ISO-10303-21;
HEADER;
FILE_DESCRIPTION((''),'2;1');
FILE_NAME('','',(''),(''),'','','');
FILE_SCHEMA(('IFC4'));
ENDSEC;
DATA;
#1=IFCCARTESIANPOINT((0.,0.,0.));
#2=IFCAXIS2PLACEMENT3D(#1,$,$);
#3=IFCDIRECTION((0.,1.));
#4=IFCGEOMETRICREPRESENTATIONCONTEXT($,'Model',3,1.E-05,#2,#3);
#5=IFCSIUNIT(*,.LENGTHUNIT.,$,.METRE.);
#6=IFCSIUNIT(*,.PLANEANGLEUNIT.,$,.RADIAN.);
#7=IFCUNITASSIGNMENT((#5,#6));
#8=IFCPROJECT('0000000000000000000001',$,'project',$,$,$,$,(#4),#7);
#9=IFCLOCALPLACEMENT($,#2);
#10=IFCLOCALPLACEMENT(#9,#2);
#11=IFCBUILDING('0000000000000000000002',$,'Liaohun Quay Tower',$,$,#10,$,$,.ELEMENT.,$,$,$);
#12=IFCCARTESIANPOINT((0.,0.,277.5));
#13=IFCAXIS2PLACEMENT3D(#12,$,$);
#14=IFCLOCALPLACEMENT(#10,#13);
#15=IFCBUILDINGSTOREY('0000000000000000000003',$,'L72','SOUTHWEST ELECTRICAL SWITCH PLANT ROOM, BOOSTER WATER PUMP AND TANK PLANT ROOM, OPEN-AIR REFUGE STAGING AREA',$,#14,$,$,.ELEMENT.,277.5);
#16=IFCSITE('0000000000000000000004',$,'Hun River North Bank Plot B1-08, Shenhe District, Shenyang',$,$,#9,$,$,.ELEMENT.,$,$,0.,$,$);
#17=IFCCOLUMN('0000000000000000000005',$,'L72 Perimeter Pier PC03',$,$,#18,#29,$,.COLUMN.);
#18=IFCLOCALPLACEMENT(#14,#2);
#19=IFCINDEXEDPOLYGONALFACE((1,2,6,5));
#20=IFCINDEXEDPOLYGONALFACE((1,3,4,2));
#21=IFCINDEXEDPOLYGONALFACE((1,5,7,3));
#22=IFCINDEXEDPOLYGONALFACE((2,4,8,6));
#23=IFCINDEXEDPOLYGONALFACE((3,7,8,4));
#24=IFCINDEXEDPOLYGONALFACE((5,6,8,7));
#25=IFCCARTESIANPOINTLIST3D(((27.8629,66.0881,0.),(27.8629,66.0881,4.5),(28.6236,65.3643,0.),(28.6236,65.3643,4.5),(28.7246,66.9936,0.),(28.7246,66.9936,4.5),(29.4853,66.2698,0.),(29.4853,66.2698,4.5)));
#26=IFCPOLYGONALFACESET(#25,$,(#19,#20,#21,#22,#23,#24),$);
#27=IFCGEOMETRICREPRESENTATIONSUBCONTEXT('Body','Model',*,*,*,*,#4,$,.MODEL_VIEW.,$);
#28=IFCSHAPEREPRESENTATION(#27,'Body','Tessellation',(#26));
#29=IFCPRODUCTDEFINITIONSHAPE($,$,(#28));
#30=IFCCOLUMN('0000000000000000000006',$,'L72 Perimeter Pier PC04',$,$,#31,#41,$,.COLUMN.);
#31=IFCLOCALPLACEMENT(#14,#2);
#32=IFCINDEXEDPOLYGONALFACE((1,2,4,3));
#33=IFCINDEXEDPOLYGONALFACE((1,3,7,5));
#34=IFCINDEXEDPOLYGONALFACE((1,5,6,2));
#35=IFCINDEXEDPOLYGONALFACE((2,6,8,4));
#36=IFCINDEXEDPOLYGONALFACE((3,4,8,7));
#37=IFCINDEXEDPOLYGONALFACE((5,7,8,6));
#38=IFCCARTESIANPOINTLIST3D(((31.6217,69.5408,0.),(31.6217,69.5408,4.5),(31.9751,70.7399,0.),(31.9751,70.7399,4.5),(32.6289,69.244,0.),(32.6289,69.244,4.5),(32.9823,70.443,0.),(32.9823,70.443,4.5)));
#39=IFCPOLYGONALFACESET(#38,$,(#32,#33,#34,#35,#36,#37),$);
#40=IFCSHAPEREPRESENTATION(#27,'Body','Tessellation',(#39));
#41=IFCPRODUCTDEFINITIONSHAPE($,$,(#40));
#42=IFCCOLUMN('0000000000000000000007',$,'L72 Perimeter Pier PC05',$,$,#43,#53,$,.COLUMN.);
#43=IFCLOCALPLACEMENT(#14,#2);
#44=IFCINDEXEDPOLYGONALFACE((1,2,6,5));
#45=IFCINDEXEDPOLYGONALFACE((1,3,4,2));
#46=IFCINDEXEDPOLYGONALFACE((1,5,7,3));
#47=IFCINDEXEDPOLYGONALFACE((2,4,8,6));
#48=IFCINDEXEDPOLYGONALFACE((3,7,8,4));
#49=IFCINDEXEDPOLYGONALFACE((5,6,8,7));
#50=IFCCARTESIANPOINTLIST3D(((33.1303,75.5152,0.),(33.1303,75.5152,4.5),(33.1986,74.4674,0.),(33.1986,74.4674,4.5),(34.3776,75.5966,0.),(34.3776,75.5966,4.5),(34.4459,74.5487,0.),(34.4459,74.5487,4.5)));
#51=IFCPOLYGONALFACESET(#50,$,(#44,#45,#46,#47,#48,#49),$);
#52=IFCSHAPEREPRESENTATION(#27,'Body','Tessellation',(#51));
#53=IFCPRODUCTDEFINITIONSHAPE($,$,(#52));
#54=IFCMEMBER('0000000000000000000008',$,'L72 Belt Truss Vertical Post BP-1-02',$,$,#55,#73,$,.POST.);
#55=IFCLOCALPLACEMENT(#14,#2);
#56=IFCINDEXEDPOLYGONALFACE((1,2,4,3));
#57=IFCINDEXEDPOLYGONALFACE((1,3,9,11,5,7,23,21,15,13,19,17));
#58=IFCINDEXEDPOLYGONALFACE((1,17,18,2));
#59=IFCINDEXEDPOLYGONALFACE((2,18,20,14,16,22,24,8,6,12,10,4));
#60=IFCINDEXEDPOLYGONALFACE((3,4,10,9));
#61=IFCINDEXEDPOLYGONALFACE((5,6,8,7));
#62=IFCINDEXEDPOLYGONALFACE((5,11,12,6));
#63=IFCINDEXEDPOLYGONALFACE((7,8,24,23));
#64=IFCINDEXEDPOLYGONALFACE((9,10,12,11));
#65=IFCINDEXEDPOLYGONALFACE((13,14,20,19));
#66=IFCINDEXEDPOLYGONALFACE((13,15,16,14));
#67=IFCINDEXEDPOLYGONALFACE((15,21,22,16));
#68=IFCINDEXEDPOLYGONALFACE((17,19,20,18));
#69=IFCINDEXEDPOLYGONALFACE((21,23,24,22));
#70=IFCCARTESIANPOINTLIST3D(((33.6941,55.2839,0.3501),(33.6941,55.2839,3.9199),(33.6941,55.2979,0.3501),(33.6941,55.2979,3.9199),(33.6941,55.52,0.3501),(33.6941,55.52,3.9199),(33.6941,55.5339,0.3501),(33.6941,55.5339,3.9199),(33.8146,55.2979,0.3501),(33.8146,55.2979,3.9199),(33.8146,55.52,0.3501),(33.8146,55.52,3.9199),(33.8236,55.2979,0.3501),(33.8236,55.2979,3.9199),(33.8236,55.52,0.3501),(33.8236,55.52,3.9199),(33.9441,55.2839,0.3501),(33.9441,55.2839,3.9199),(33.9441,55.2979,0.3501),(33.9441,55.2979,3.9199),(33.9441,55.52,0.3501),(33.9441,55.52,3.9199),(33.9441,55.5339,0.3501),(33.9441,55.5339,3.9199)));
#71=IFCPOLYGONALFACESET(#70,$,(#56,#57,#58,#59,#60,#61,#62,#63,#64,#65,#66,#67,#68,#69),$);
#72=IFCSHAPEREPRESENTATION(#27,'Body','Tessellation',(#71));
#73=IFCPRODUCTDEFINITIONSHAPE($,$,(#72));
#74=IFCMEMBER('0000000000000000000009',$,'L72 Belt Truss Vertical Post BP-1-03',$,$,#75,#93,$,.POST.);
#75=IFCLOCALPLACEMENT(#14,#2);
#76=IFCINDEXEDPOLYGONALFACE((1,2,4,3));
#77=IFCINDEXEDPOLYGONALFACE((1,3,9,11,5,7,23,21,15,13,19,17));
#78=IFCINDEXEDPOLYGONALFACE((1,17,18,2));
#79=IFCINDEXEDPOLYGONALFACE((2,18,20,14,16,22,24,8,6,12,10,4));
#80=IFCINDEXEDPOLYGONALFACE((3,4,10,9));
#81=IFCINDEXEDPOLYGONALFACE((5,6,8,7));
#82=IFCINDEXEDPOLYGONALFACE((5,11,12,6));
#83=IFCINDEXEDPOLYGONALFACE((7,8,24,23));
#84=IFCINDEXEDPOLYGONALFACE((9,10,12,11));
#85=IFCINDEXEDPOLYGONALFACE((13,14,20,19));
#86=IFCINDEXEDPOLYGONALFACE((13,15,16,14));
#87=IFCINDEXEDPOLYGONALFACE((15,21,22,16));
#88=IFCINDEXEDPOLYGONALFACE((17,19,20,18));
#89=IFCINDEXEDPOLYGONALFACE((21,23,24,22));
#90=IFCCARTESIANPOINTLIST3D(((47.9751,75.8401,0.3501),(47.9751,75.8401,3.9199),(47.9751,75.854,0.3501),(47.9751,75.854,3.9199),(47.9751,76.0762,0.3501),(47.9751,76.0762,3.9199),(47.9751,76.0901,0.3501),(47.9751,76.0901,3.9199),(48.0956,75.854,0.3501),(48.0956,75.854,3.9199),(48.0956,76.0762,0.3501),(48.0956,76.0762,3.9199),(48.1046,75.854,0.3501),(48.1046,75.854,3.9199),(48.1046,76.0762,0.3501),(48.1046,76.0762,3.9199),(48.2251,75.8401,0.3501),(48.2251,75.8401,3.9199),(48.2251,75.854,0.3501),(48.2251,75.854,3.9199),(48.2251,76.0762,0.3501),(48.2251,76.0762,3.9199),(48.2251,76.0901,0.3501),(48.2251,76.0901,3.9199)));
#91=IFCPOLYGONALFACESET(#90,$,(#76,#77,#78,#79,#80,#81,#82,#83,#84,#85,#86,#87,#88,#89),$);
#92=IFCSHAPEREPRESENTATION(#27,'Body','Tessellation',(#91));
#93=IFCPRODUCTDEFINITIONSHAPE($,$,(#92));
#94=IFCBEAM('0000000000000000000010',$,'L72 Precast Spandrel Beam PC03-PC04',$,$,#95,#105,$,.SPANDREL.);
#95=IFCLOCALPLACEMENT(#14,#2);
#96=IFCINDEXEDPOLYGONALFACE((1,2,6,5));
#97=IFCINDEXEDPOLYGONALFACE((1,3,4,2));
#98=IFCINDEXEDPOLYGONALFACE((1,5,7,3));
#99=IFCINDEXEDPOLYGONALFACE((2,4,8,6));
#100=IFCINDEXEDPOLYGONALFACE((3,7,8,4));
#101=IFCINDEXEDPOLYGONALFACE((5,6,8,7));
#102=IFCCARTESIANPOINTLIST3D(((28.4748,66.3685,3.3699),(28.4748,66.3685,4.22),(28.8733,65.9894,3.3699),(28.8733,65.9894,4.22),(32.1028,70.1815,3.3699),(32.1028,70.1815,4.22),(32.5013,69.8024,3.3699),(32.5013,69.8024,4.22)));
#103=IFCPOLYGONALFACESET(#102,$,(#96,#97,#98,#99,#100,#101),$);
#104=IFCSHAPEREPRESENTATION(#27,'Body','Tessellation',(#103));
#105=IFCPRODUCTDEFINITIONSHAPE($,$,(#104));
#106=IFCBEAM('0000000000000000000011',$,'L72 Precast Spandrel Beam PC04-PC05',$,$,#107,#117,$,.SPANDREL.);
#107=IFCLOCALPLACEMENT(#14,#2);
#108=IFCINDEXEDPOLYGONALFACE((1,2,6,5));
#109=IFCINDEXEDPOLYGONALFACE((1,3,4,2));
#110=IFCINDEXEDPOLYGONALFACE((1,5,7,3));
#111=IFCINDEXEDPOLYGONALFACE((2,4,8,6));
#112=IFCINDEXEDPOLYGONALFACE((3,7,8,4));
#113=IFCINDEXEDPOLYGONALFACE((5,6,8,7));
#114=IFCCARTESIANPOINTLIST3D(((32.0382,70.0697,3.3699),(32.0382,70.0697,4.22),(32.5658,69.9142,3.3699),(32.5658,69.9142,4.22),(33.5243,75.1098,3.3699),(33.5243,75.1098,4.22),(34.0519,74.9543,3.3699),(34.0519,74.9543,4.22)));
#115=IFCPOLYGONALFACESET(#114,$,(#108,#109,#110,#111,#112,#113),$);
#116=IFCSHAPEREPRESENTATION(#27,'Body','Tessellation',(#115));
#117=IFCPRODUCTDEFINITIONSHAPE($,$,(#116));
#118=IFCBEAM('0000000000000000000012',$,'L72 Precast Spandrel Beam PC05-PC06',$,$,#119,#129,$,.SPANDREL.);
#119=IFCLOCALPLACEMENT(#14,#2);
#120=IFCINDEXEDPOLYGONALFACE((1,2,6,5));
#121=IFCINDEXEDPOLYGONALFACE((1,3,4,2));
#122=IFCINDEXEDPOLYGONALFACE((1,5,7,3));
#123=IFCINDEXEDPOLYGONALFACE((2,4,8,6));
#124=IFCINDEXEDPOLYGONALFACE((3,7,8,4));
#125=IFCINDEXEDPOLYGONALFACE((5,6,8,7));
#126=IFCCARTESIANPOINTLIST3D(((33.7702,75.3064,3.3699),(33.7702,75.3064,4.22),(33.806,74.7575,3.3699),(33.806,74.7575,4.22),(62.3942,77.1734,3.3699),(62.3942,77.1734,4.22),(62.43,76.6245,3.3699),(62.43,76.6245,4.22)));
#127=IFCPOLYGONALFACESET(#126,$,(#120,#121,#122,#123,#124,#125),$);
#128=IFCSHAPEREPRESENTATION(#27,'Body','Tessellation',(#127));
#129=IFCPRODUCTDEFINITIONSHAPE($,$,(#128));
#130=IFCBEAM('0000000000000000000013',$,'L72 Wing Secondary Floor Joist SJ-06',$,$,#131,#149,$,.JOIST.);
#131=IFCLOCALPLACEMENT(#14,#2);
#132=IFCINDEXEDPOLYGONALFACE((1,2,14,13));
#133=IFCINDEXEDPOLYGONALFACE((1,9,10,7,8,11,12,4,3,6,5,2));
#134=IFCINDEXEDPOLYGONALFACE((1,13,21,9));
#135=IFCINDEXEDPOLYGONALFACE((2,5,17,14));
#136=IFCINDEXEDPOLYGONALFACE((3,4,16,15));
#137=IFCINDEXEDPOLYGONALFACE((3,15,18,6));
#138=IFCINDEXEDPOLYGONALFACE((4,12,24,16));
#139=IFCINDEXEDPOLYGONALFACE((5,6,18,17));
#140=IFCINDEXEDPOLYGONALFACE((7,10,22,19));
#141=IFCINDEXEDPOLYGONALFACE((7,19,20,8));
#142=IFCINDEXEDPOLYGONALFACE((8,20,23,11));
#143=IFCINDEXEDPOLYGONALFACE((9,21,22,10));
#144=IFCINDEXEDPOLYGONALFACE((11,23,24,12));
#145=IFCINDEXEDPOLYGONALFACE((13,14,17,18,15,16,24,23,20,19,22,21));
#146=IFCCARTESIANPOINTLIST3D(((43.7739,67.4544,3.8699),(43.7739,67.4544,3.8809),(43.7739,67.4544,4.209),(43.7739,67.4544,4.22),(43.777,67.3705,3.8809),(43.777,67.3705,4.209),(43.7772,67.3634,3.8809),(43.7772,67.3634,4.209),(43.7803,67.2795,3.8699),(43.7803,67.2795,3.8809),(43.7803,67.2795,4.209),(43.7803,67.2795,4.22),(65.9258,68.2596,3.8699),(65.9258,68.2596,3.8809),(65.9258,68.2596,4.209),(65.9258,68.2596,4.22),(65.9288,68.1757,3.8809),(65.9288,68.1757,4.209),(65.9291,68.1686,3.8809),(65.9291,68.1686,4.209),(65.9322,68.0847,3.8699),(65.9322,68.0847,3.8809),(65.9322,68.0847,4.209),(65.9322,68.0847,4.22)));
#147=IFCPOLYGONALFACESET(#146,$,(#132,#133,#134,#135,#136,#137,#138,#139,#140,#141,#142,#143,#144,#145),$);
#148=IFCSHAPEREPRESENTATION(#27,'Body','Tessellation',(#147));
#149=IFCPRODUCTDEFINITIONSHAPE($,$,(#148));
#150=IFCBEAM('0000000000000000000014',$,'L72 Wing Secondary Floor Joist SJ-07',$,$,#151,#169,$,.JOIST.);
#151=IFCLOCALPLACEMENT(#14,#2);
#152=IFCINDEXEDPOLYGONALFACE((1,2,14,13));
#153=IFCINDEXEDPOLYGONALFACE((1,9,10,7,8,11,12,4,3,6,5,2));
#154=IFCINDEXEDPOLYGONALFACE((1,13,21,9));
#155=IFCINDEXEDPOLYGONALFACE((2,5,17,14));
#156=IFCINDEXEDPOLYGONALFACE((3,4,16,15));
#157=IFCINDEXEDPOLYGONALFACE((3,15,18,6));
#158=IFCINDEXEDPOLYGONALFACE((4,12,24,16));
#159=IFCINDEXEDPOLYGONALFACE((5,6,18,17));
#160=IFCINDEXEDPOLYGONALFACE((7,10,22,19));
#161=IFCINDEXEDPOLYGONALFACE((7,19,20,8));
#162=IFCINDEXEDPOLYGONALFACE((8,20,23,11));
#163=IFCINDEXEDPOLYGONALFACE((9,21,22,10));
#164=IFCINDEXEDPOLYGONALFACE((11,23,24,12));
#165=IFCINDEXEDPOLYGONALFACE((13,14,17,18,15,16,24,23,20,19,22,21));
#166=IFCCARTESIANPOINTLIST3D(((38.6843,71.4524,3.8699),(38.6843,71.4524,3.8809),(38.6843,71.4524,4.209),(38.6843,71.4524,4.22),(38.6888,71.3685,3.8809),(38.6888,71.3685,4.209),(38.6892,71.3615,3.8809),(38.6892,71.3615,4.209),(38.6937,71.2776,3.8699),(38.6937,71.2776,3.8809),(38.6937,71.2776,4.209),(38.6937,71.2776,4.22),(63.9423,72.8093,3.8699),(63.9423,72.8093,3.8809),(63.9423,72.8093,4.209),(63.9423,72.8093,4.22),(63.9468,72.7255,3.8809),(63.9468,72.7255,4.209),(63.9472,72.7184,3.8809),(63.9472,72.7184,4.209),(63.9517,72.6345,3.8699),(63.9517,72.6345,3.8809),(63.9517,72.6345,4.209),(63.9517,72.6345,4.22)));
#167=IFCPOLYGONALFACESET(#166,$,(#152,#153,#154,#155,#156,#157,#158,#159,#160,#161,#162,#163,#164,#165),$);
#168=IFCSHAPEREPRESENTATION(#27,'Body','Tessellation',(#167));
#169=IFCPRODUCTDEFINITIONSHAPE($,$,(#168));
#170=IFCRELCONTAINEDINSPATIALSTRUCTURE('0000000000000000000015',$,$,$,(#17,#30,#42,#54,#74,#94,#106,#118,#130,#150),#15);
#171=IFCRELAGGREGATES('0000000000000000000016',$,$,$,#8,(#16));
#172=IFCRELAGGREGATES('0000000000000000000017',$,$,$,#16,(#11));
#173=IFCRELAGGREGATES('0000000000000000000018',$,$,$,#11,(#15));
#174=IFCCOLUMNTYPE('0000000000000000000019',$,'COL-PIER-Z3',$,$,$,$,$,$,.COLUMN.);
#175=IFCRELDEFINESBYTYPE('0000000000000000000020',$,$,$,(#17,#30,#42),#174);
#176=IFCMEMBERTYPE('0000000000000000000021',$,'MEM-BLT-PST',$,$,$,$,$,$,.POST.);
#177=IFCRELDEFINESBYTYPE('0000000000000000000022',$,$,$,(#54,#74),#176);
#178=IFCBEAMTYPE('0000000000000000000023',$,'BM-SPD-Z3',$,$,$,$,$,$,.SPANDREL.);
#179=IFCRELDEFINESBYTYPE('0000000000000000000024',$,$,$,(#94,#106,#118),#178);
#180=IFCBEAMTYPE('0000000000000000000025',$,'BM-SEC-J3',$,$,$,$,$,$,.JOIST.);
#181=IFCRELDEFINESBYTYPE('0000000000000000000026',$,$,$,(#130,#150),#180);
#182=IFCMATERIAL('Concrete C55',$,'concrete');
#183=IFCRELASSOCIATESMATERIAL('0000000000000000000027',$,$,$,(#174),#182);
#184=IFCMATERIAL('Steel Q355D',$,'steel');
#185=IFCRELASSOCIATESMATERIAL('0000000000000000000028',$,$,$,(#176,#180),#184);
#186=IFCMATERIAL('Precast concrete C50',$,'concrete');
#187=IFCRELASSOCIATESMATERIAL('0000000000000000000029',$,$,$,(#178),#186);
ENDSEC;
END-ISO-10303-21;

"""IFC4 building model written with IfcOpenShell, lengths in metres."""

from ifc_helpers import new_model, si_unit, direction, frame, origin, origin_2d, place, context, subcontext, project, spatial, rectangle, i_section, extrude, source, transform, mapped, material, material_profile, profile_set, type_object, element, save


model = new_model("IFC4")

# Units and contexts
model_context = context("Model", 3, precision=1e-05, world=origin(), true_north=direction((0.0, 1.0)))
body_context = subcontext(model_context, "Body", "Model", "MODEL_VIEW")
ifc_project = project(units=[si_unit("LENGTHUNIT", "METRE"), si_unit("PLANEANGLEUNIT", "RADIAN")], contexts=[model_context])

# Site, building, storey
site_placement = place(None, origin())
site = spatial("IfcSite", under=ifc_project, at=site_placement, Name="Hun River North Bank Plot B1-08, Shenhe District, Shenyang", CompositionType="ELEMENT", RefElevation=0.0)
building_placement = place(site_placement, origin())
building = spatial("IfcBuilding", under=site, at=building_placement, Name="Liaohun Quay Tower", CompositionType="ELEMENT")
storey_placement = place(building_placement, frame((0.0, 0.0, 277.5)))
storey = spatial("IfcBuildingStorey", under=building, at=storey_placement, Name="L72", Description="SOUTHWEST ELECTRICAL SWITCH PLANT ROOM, BOOSTER WATER PUMP AND TANK PLANT ROOM, OPEN-AIR REFUGE STAGING AREA", CompositionType="ELEMENT", Elevation=277.5)

# Columns
ifc_material_1 = material(Name="Concrete C55", Category="concrete")
ifc_material_profile_1 = material_profile(ifc_material_1, rectangle(XDim=1.25, YDim=1.05, at=origin_2d()), Name="RC1250x1050")
ifc_profile_set_1 = profile_set([ifc_material_profile_1], Name="Concrete C55")
column_type = type_object("IfcColumnType", Name="COL-PIER-Z3", PredefinedType="COLUMN", material=ifc_profile_set_1)
shared_shape_1 = source(origin(), body_context, "Body", "SweptSolid", [
    extrude(rectangle(XDim=1.25, YDim=1.05, at=origin_2d()), origin(), (0.0, 0.0, 1.0), 4.5),
])
for number, where, z_axis, x_axis, name in (
    (1, (28.6741, 66.179, 0.0), (0.0, 0.0, 1.0), (0.689367, 0.724413, 0.0), "L72 Perimeter Pier PC03"),
    (2, (32.302, 69.9919, 0.0), (0.0, 0.0, 1.0), (0.282676, 0.959215, 0.0), "L72 Perimeter Pier PC04"),
    (3, (33.7881, 75.032, 0.0), (0.0, 0.0, 1.0), (0.997882, 0.065055, 0.0), "L72 Perimeter Pier PC05"),
):
    element("IfcColumn", number, at=place(storey_placement, frame(where, z_axis=z_axis, x_axis=x_axis)), inside=storey, type_object=column_type, Name=name, PredefinedType="COLUMN", context=body_context, shape_type="MappedRepresentation", body=[
        mapped(shared_shape_1, transform((0.0, 0.0, 0.0), x_axis=(1.0, 0.0, 0.0), y_axis=(0.0, 1.0, 0.0), z_axis=(0.0, 0.0, 1.0), scale=1.0)),
    ])

# Members
ifc_material_2 = material(Name="Steel Q355D", Category="steel")
ifc_material_profile_2 = material_profile(ifc_material_2, i_section(OverallWidth=0.25, OverallDepth=0.25, WebThickness=0.009, FlangeThickness=0.0139, at=origin_2d()), Name="HW250x250x9x14")
ifc_profile_set_2 = profile_set([ifc_material_profile_2], Name="Steel Q355D")
member_type_1 = type_object("IfcMemberType", Name="MEM-BLT-PST", PredefinedType="POST", material=ifc_profile_set_2)
shared_shape_2 = source(origin(), body_context, "Body", "SweptSolid", [
    extrude(i_section(OverallWidth=0.25, OverallDepth=0.25, WebThickness=0.009, FlangeThickness=0.0139, at=origin_2d()), origin(), (0.0, 0.0, 1.0), 3.5698),
])
for number, where, z_axis, x_axis, name in (
    (4, (33.8191, 55.4089, 0.3501), (0.0, 0.0, 1.0), (1.0, 0.0, 0.0), "L72 Belt Truss Vertical Post BP-1-02"),
    (5, (48.1001, 75.9651, 0.3501), (0.0, 0.0, 1.0), (1.0, 0.0, 0.0), "L72 Belt Truss Vertical Post BP-1-03"),
):
    element("IfcMember", number, at=place(storey_placement, frame(where, z_axis=z_axis, x_axis=x_axis)), inside=storey, type_object=member_type_1, Name=name, PredefinedType="POST", context=body_context, shape_type="MappedRepresentation", body=[
        mapped(shared_shape_2, transform((0.0, 0.0, 0.0), x_axis=(1.0, 0.0, 0.0), y_axis=(0.0, 1.0, 0.0), z_axis=(0.0, 0.0, 1.0), scale=1.0)),
    ])

# Beams
ifc_material_3 = material(Name="Precast concrete C50", Category="concrete")
ifc_material_profile_3 = material_profile(ifc_material_3, rectangle(XDim=0.55, YDim=0.8501, at=origin_2d()), Name="RC550x850")
ifc_profile_set_3 = profile_set([ifc_material_profile_3], Name="Precast concrete C50")
beam_type_1 = type_object("IfcBeamType", Name="BM-SPD-Z3", PredefinedType="SPANDREL", material=ifc_profile_set_3)
shared_shape_3 = source(origin(), body_context, "Body", "SweptSolid", [
    extrude(rectangle(XDim=0.55, YDim=0.8501, at=origin_2d()), origin(), (0.0, 0.0, 1.0), 5.2632),
])
beam_1_placement = place(storey_placement, frame((28.6741, 66.179, 3.7949), z_axis=(0.689308, 0.724469, 0.0), x_axis=(-0.724469, 0.689308, 0.0)))
element("IfcBeam", 6, at=beam_1_placement, inside=storey, type_object=beam_type_1, Name="L72 Precast Spandrel Beam PC03-PC04", PredefinedType="SPANDREL", context=body_context, shape_type="MappedRepresentation", body=[
    mapped(shared_shape_3, transform((0.0, 0.0, 0.0), x_axis=(1.0, 0.0, 0.0), y_axis=(0.0, 1.0, 0.0), z_axis=(0.0, 0.0, 1.0), scale=1.0)),
])
shared_shape_4 = source(origin(), body_context, "Body", "SweptSolid", [
    extrude(rectangle(XDim=0.55, YDim=0.8501, at=origin_2d()), origin(), (0.0, 0.0, 1.0), 5.2546),
])
beam_2_placement = place(storey_placement, frame((32.302, 69.9919, 3.7949), z_axis=(0.282818, 0.959174, 0.0), x_axis=(-0.959174, 0.282818, 0.0)))
element("IfcBeam", 7, at=beam_2_placement, inside=storey, type_object=beam_type_1, Name="L72 Precast Spandrel Beam PC04-PC05", PredefinedType="SPANDREL", context=body_context, shape_type="MappedRepresentation", body=[
    mapped(shared_shape_4, transform((0.0, 0.0, 0.0), x_axis=(1.0, 0.0, 0.0), y_axis=(0.0, 1.0, 0.0), z_axis=(0.0, 0.0, 1.0), scale=1.0)),
])
shared_shape_5 = source(origin(), body_context, "Body", "SweptSolid", [
    extrude(rectangle(XDim=0.55, YDim=0.8501, at=origin_2d()), origin(), (0.0, 0.0, 1.0), 28.6848),
])
beam_3_placement = place(storey_placement, frame((33.7881, 75.032, 3.7949), z_axis=(0.99788, 0.065085, 0.0), x_axis=(-0.065085, 0.99788, 0.0)))
element("IfcBeam", 8, at=beam_3_placement, inside=storey, type_object=beam_type_1, Name="L72 Precast Spandrel Beam PC05-PC06", PredefinedType="SPANDREL", context=body_context, shape_type="MappedRepresentation", body=[
    mapped(shared_shape_5, transform((0.0, 0.0, 0.0), x_axis=(1.0, 0.0, 0.0), y_axis=(0.0, 1.0, 0.0), z_axis=(0.0, 0.0, 1.0), scale=1.0)),
])
ifc_material_profile_4 = material_profile(ifc_material_2, i_section(OverallWidth=0.175, OverallDepth=0.3501, WebThickness=0.0071, FlangeThickness=0.011, at=origin_2d()), Name="HN350x175x7x11")
ifc_profile_set_4 = profile_set([ifc_material_profile_4], Name="Steel Q355D")
beam_type_2 = type_object("IfcBeamType", Name="BM-SEC-J3", PredefinedType="JOIST", material=ifc_profile_set_4)
shared_shape_6 = source(origin(), body_context, "Body", "SweptSolid", [
    extrude(i_section(OverallWidth=0.175, OverallDepth=0.3501, WebThickness=0.0071, FlangeThickness=0.011, at=origin_2d()), origin(), (0.0, 0.0, 1.0), 22.1665),
])
beam_4_placement = place(storey_placement, frame((43.7771, 67.3669, 4.0449), z_axis=(0.99934, 0.036324, 0.0), x_axis=(-0.036324, 0.99934, 0.0)))
element("IfcBeam", 9, at=beam_4_placement, inside=storey, type_object=beam_type_2, Name="L72 Wing Secondary Floor Joist SJ-06", PredefinedType="JOIST", context=body_context, shape_type="MappedRepresentation", body=[
    mapped(shared_shape_6, transform((0.0, 0.0, 0.0), x_axis=(1.0, 0.0, 0.0), y_axis=(0.0, 1.0, 0.0), z_axis=(0.0, 0.0, 1.0), scale=1.0)),
])
shared_shape_7 = source(origin(), body_context, "Body", "SweptSolid", [
    extrude(i_section(OverallWidth=0.175, OverallDepth=0.3501, WebThickness=0.0071, FlangeThickness=0.011, at=origin_2d()), origin(), (0.0, 0.0, 1.0), 25.2944),
])
beam_5_placement = place(storey_placement, frame((38.689, 71.365, 4.0449), z_axis=(0.99856, 0.053645, 0.0), x_axis=(-0.053645, 0.99856, 0.0)))
element("IfcBeam", 10, at=beam_5_placement, inside=storey, type_object=beam_type_2, Name="L72 Wing Secondary Floor Joist SJ-07", PredefinedType="JOIST", context=body_context, shape_type="MappedRepresentation", body=[
    mapped(shared_shape_7, transform((0.0, 0.0, 0.0), x_axis=(1.0, 0.0, 0.0), y_axis=(0.0, 1.0, 0.0), z_axis=(0.0, 0.0, 1.0), scale=1.0)),
])

save(model, "model.ifc")
